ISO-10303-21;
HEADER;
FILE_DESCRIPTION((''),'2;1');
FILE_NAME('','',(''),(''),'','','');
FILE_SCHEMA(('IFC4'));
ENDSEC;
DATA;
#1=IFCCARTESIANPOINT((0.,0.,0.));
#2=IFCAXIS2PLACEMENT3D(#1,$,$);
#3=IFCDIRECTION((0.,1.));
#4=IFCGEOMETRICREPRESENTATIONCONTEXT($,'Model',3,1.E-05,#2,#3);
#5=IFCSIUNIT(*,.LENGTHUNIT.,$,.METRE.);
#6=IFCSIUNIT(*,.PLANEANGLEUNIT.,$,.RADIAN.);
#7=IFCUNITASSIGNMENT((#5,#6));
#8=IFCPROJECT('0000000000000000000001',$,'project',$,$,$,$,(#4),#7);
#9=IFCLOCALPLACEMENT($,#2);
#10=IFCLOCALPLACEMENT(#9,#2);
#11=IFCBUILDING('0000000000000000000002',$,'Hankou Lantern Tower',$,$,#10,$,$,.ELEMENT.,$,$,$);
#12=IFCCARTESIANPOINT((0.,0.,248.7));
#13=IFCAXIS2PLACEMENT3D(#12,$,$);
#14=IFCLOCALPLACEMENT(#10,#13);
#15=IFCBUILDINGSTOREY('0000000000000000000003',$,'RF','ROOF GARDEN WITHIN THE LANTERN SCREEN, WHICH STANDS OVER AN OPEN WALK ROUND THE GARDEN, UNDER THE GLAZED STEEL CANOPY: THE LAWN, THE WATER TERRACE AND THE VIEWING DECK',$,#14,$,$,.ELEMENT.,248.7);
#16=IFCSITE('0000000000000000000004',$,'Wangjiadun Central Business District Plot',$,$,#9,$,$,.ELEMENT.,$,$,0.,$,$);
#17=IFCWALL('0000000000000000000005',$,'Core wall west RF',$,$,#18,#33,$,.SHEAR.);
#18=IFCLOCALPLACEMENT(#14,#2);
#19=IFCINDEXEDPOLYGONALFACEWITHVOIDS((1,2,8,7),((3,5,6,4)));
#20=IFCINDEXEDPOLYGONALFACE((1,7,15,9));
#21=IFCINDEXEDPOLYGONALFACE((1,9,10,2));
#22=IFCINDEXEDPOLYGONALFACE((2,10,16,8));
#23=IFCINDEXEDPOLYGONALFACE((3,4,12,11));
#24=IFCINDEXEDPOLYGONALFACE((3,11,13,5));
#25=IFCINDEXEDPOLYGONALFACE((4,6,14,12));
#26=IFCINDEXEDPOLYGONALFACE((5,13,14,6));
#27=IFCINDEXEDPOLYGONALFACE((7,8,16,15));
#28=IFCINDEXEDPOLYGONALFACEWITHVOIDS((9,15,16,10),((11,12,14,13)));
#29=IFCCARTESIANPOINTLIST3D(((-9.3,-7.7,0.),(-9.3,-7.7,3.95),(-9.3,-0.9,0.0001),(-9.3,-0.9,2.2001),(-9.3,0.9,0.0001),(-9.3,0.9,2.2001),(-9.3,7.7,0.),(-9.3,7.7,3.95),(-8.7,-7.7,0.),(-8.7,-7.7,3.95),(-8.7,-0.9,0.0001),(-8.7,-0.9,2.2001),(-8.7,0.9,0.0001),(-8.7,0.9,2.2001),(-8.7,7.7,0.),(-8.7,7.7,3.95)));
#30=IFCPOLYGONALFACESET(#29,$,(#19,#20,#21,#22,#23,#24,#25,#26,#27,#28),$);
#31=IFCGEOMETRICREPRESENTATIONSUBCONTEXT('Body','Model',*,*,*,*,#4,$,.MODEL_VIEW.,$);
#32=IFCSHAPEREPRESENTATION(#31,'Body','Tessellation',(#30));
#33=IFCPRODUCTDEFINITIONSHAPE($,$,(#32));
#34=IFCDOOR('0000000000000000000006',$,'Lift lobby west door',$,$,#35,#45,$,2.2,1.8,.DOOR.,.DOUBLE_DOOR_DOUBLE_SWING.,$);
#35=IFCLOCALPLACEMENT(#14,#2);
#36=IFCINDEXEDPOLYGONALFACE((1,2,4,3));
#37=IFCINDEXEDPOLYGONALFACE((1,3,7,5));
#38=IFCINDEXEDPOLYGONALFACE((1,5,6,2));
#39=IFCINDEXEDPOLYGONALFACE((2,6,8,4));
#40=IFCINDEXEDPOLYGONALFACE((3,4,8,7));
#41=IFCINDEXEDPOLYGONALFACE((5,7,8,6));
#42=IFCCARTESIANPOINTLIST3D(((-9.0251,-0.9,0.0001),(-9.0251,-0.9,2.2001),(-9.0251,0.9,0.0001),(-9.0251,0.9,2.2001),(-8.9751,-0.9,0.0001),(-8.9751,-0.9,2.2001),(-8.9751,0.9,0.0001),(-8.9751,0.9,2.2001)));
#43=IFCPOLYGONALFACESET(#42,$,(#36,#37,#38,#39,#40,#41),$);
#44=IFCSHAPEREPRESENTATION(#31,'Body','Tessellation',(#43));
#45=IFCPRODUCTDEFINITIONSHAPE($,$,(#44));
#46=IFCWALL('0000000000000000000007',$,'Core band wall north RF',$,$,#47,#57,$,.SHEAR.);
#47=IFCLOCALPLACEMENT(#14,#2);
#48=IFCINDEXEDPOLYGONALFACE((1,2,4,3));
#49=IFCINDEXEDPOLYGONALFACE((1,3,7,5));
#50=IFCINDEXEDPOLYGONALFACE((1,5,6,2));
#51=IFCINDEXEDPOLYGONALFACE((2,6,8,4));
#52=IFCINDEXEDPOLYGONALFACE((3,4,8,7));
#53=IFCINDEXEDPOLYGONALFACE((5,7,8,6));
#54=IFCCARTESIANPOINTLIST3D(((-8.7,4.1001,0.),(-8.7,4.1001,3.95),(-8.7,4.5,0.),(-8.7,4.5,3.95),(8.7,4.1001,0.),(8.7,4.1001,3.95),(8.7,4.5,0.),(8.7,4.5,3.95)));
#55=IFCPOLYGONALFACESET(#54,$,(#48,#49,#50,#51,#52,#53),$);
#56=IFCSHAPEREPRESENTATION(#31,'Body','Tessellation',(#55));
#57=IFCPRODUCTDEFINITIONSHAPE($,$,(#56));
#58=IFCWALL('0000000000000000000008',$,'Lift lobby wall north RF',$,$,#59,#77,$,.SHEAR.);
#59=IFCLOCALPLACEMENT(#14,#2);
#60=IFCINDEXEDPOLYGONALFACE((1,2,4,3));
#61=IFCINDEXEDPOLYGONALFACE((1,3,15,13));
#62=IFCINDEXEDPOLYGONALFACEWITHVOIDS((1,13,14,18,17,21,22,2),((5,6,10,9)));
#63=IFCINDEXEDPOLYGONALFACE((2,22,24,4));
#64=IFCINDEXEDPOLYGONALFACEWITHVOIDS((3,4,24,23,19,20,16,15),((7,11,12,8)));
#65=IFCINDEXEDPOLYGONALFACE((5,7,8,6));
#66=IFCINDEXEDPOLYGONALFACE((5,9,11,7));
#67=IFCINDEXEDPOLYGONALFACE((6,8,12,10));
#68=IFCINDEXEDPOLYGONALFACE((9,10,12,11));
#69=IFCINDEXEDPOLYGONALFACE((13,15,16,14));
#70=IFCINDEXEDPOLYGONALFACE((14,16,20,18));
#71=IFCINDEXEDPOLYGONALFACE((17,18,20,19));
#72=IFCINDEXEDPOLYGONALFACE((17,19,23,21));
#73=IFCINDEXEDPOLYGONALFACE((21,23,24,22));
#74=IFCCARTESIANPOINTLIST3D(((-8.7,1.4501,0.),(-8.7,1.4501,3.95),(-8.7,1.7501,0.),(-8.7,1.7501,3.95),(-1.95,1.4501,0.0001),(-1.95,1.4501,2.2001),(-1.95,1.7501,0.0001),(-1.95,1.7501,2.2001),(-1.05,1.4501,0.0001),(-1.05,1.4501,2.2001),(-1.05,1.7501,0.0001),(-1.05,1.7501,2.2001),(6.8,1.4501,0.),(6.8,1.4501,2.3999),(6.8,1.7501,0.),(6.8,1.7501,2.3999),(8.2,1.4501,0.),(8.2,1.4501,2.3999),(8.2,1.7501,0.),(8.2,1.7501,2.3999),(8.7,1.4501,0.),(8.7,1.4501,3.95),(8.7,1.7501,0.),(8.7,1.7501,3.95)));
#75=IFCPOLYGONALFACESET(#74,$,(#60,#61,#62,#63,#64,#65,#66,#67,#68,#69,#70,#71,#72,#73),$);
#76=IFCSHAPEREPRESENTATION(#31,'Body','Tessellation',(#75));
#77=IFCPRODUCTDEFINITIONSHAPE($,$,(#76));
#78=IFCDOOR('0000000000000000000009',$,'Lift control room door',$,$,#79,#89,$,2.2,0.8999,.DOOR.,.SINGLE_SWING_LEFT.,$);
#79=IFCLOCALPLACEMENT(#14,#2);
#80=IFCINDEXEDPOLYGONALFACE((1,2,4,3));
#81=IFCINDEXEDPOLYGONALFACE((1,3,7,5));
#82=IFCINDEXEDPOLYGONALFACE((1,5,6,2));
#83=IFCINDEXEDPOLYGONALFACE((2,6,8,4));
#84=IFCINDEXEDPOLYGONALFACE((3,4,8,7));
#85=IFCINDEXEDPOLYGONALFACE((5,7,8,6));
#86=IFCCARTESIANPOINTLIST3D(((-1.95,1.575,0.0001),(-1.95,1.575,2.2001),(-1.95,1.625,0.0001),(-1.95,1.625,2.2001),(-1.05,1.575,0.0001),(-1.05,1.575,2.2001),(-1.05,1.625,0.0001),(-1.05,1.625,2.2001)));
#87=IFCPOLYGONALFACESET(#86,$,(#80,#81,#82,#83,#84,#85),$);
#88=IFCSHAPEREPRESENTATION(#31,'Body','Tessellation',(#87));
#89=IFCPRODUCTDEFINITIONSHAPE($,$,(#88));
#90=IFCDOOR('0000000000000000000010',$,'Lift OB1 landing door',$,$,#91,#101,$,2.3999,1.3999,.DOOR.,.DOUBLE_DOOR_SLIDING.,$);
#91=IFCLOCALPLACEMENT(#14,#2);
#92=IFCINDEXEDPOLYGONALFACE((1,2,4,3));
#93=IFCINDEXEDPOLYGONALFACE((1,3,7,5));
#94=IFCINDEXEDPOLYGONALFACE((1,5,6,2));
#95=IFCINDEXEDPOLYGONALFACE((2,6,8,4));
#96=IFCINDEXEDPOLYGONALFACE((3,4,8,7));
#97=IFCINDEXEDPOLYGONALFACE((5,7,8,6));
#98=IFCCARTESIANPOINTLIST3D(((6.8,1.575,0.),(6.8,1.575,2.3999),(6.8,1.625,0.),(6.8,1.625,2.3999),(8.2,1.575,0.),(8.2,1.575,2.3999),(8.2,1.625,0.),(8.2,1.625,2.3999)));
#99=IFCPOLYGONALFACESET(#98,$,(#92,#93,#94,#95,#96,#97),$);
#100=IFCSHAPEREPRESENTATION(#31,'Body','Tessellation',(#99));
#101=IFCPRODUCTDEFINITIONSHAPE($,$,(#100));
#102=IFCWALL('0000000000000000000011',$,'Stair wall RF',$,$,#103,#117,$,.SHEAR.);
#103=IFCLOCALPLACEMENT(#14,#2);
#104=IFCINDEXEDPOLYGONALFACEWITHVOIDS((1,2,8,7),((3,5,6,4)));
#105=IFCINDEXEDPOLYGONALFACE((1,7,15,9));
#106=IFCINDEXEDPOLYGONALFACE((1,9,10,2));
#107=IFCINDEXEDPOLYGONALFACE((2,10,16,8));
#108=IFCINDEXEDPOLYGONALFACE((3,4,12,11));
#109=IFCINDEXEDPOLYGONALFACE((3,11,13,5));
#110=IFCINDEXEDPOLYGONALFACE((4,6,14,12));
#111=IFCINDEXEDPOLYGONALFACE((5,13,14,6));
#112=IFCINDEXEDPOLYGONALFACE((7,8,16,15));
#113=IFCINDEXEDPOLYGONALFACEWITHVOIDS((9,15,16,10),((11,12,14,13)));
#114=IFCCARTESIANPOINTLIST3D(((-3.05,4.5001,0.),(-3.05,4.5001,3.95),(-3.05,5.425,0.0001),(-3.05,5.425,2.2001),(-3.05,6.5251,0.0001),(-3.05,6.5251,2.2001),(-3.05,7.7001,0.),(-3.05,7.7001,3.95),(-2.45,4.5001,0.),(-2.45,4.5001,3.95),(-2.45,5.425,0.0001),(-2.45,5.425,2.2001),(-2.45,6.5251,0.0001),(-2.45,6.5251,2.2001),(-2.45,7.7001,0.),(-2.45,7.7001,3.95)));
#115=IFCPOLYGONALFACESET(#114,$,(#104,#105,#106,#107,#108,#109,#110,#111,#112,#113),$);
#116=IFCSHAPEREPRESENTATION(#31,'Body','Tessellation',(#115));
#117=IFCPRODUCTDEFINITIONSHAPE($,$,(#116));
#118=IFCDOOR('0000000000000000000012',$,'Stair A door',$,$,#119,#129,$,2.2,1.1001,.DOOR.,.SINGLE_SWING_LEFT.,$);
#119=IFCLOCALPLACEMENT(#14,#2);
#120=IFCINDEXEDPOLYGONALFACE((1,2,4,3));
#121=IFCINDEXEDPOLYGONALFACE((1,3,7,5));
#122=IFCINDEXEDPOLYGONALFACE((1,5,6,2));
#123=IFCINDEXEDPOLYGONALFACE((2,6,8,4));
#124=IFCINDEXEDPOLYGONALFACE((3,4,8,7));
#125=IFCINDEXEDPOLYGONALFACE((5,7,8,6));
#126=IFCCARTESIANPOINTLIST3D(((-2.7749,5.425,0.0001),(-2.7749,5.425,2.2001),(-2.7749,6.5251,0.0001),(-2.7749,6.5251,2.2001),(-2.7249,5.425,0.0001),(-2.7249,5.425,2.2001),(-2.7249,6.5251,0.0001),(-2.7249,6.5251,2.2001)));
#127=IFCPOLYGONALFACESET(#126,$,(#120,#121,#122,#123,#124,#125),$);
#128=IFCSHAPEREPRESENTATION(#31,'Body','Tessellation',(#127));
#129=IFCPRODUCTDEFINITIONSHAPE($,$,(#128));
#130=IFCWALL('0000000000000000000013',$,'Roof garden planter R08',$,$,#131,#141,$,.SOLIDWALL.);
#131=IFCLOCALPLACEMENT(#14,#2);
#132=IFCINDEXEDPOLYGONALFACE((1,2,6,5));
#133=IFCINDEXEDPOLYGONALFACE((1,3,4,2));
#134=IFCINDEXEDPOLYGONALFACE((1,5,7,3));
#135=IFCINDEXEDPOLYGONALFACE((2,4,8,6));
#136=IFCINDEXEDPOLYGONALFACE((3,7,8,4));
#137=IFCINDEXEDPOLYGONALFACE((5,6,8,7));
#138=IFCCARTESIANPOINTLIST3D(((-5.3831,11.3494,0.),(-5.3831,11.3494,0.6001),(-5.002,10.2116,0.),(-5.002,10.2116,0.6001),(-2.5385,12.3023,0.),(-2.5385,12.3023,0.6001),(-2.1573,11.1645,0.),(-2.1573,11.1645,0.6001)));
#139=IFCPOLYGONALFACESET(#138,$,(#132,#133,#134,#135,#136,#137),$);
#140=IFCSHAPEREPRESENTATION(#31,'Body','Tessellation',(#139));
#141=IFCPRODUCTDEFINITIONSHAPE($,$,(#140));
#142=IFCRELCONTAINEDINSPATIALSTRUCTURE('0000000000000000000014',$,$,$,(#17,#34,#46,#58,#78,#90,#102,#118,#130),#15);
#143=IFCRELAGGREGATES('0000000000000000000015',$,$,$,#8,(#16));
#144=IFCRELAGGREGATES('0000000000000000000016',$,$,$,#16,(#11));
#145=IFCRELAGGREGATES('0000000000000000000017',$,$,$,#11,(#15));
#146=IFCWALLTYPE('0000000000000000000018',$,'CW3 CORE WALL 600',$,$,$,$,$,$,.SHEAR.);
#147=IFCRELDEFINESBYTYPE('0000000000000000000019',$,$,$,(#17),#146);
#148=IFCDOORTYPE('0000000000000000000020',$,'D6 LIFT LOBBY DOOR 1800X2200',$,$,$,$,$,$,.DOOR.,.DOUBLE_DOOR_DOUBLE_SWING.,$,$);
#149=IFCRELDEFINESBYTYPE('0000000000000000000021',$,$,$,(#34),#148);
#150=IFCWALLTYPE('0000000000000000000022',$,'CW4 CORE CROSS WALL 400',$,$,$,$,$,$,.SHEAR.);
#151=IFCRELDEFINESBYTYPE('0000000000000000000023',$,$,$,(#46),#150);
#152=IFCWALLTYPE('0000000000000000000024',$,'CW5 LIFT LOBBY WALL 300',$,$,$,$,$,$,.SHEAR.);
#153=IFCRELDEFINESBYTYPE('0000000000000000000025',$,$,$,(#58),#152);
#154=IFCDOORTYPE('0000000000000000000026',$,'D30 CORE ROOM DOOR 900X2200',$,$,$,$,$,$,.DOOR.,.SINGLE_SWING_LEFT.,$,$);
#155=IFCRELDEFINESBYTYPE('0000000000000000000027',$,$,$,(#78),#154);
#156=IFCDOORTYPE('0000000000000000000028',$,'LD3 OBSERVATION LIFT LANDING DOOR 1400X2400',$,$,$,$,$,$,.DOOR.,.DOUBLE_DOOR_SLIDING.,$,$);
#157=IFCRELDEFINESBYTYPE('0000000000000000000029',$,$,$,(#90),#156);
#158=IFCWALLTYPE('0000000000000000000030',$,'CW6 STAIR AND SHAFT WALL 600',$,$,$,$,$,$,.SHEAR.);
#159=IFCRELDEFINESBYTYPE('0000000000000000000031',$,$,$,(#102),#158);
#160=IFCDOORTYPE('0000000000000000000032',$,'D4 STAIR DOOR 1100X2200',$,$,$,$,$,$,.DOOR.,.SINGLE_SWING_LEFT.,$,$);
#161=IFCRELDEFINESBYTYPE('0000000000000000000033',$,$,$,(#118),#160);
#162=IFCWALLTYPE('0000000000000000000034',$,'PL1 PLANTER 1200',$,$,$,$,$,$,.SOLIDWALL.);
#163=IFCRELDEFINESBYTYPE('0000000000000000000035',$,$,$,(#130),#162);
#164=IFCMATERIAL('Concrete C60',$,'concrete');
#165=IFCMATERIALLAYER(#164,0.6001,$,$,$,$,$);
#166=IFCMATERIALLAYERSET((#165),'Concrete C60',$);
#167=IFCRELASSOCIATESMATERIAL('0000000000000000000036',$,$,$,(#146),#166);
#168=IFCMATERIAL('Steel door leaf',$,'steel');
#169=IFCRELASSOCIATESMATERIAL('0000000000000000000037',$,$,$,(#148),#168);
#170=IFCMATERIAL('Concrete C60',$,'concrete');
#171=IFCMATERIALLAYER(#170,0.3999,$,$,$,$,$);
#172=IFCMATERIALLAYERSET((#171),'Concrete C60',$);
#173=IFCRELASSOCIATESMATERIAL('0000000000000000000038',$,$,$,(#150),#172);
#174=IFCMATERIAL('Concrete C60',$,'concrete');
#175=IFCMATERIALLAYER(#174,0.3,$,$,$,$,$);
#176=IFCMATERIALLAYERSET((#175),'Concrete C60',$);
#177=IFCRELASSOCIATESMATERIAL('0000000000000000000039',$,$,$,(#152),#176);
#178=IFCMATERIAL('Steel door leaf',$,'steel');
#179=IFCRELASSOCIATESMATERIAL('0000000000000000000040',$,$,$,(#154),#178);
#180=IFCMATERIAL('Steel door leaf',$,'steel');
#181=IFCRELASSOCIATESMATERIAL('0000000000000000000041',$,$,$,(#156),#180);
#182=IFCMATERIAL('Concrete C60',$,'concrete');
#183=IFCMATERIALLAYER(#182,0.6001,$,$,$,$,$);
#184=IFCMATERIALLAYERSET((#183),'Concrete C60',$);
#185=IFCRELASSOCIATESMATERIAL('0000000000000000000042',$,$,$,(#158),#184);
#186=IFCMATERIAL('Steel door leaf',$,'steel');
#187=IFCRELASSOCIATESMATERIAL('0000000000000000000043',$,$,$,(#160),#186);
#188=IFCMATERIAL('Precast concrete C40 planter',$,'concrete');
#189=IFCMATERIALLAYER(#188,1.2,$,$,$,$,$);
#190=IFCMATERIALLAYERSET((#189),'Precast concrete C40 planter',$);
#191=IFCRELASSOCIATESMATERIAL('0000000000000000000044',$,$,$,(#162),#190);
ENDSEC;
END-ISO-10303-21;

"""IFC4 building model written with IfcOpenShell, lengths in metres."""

from ifc_helpers import new_model, si_unit, direction, frame, frame_2d, origin, place, context, subcontext, project, spatial, rectangle, extrude, material, layer, layer_set, type_object, element, fill, save


model = new_model("IFC4")

# Units and contexts
model_context = context("Model", 3, precision=1e-05, world=origin(), true_north=direction((0.0, 1.0)))
body_context = subcontext(model_context, "Body", "Model", "MODEL_VIEW")
ifc_project = project(units=[si_unit("LENGTHUNIT", "METRE"), si_unit("PLANEANGLEUNIT", "RADIAN")], contexts=[model_context])

# Site, building, storey
site_placement = place(None, origin())
site = spatial("IfcSite", under=ifc_project, at=site_placement, Name="Wangjiadun Central Business District Plot", CompositionType="ELEMENT", RefElevation=0.0)
building_placement = place(site_placement, origin())
building = spatial("IfcBuilding", under=site, at=building_placement, Name="Hankou Lantern Tower", CompositionType="ELEMENT")
storey_placement = place(building_placement, frame((0.0, 0.0, 248.7)))
storey = spatial("IfcBuildingStorey", under=building, at=storey_placement, Name="RF", Description="ROOF GARDEN WITHIN THE LANTERN SCREEN, WHICH STANDS OVER AN OPEN WALK ROUND THE GARDEN, UNDER THE GLAZED STEEL CANOPY: THE LAWN, THE WATER TERRACE AND THE VIEWING DECK", CompositionType="ELEMENT", Elevation=248.7)

# Wall, opening, door
ifc_material_1 = material(Name="Concrete C60", Category="concrete")
ifc_layer_1 = layer(ifc_material_1, 0.6001)
ifc_layer_set_1 = layer_set([ifc_layer_1], Name="Concrete C60")
wall_type_1 = type_object("IfcWallType", Name="CW3 CORE WALL 600", PredefinedType="SHEAR", material=ifc_layer_set_1)
wall_1_placement = place(storey_placement, frame((-9.0, 7.7, 0.0), z_axis=(0.0, 0.0, 1.0), x_axis=(0.0, -1.0, 0.0)))
wall_1 = element("IfcWall", 1, at=wall_1_placement, inside=storey, type_object=wall_type_1, Name="Core wall west RF", PredefinedType="SHEAR", context=body_context, shape_type="SweptSolid", body=[
    extrude(rectangle(XDim=15.3999, YDim=0.6001, at=frame_2d((7.7, 0.0))), origin(), (0.0, 0.0, 1.0), 3.95),
])
opening_1_placement = place(wall_1_placement, frame((6.8, 0.0, 0.0)))
opening_1 = element("IfcOpeningElement", 2, at=opening_1_placement, cuts=wall_1, PredefinedType="OPENING", context=body_context, shape_type="SweptSolid", body=[
    extrude(rectangle(XDim=1.8, YDim=2.2, at=frame_2d((0.8999, 1.1001))), frame((0.0, 0.3101, 0.0), z_axis=(0.0, -1.0, 0.0), x_axis=(1.0, 0.0, 0.0)), (0.0, 0.0, 1.0), 0.6201),
])
ifc_material_2 = material(Name="Steel door leaf", Category="steel")
door_type_1 = type_object("IfcDoorType", Name="D6 LIFT LOBBY DOOR 1800X2200", OperationType="DOUBLE_DOOR_DOUBLE_SWING", PredefinedType="DOOR", material=ifc_material_2)
door_1_placement = place(opening_1_placement, origin())
door_1 = element("IfcDoor", 3, at=door_1_placement, inside=storey, type_object=door_type_1, Name="Lift lobby west door", OperationType="DOUBLE_DOOR_DOUBLE_SWING", OverallHeight=2.2, OverallWidth=1.8, PredefinedType="DOOR", context=body_context, shape_type="SweptSolid", body=[
    extrude(rectangle(XDim=1.8, YDim=2.2, at=frame_2d((0.8999, 1.1001))), frame((0.0, 0.0249, 0.0), z_axis=(0.0, -1.0, 0.0), x_axis=(1.0, 0.0, 0.0)), (0.0, 0.0, 1.0), 0.05),
])
fill(opening_1, door_1)

# Wall
ifc_material_3 = material(Name="Concrete C60", Category="concrete")
ifc_layer_2 = layer(ifc_material_3, 0.3999)
ifc_layer_set_2 = layer_set([ifc_layer_2], Name="Concrete C60")
wall_type_2 = type_object("IfcWallType", Name="CW4 CORE CROSS WALL 400", PredefinedType="SHEAR", material=ifc_layer_set_2)
wall_2_placement = place(storey_placement, frame((-8.7, 4.3, 0.0), z_axis=(0.0, 0.0, 1.0), x_axis=(1.0, 0.0, 0.0)))
element("IfcWall", 4, at=wall_2_placement, inside=storey, type_object=wall_type_2, Name="Core band wall north RF", PredefinedType="SHEAR", context=body_context, shape_type="SweptSolid", body=[
    extrude(rectangle(XDim=17.3999, YDim=0.3999, at=frame_2d((8.7, 0.0))), origin(), (0.0, 0.0, 1.0), 3.95),
])

# Wall, openings, doors
ifc_material_4 = material(Name="Concrete C60", Category="concrete")
ifc_layer_3 = layer(ifc_material_4, 0.3)
ifc_layer_set_3 = layer_set([ifc_layer_3], Name="Concrete C60")
wall_type_3 = type_object("IfcWallType", Name="CW5 LIFT LOBBY WALL 300", PredefinedType="SHEAR", material=ifc_layer_set_3)
wall_3_placement = place(storey_placement, frame((-8.7, 1.6001, 0.0), z_axis=(0.0, 0.0, 1.0), x_axis=(1.0, 0.0, 0.0)))
wall_3 = element("IfcWall", 5, at=wall_3_placement, inside=storey, type_object=wall_type_3, Name="Lift lobby wall north RF", PredefinedType="SHEAR", context=body_context, shape_type="SweptSolid", body=[
    extrude(rectangle(XDim=17.3999, YDim=0.3, at=frame_2d((8.7, 0.0))), origin(), (0.0, 0.0, 1.0), 3.95),
])
opening_2_placement = place(wall_3_placement, frame((15.5, 0.0, 0.0)))
opening_2 = element("IfcOpeningElement", 6, at=opening_2_placement, cuts=wall_3, PredefinedType="OPENING", context=body_context, shape_type="SweptSolid", body=[
    extrude(rectangle(XDim=1.3999, YDim=2.3999, at=frame_2d((0.7, 1.2))), frame((0.0, 0.1599, 0.0), z_axis=(0.0, -1.0, 0.0), x_axis=(1.0, 0.0, 0.0)), (0.0, 0.0, 1.0), 0.3201),
])
opening_3_placement = place(wall_3_placement, frame((6.75, 0.0, 0.0)))
opening_3 = element("IfcOpeningElement", 7, at=opening_3_placement, cuts=wall_3, PredefinedType="OPENING", context=body_context, shape_type="SweptSolid", body=[
    extrude(rectangle(XDim=0.8999, YDim=2.2, at=frame_2d((0.45, 1.1001))), frame((0.0, 0.1599, 0.0), z_axis=(0.0, -1.0, 0.0), x_axis=(1.0, 0.0, 0.0)), (0.0, 0.0, 1.0), 0.3201),
])
ifc_material_5 = material(Name="Steel door leaf", Category="steel")
door_type_2 = type_object("IfcDoorType", Name="D30 CORE ROOM DOOR 900X2200", OperationType="SINGLE_SWING_LEFT", PredefinedType="DOOR", material=ifc_material_5)
door_2_placement = place(opening_3_placement, origin())
door_2 = element("IfcDoor", 8, at=door_2_placement, inside=storey, type_object=door_type_2, Name="Lift control room door", OperationType="SINGLE_SWING_LEFT", OverallHeight=2.2, OverallWidth=0.8999, PredefinedType="DOOR", context=body_context, shape_type="SweptSolid", body=[
    extrude(rectangle(XDim=0.8999, YDim=2.2, at=frame_2d((0.45, 1.1001))), frame((0.0, 0.0249, 0.0), z_axis=(0.0, -1.0, 0.0), x_axis=(1.0, 0.0, 0.0)), (0.0, 0.0, 1.0), 0.05),
])
fill(opening_3, door_2)
ifc_material_6 = material(Name="Steel door leaf", Category="steel")
door_type_3 = type_object("IfcDoorType", Name="LD3 OBSERVATION LIFT LANDING DOOR 1400X2400", OperationType="DOUBLE_DOOR_SLIDING", PredefinedType="DOOR", material=ifc_material_6)
door_3_placement = place(opening_2_placement, origin())
door_3 = element("IfcDoor", 9, at=door_3_placement, inside=storey, type_object=door_type_3, Name="Lift OB1 landing door", OperationType="DOUBLE_DOOR_SLIDING", OverallHeight=2.3999, OverallWidth=1.3999, PredefinedType="DOOR", context=body_context, shape_type="SweptSolid", body=[
    extrude(rectangle(XDim=1.3999, YDim=2.3999, at=frame_2d((0.7, 1.2))), frame((0.0, 0.0249, 0.0), z_axis=(0.0, -1.0, 0.0), x_axis=(1.0, 0.0, 0.0)), (0.0, 0.0, 1.0), 0.05),
])
fill(opening_2, door_3)

# Wall, opening, door
ifc_material_7 = material(Name="Concrete C60", Category="concrete")
ifc_layer_4 = layer(ifc_material_7, 0.6001)
ifc_layer_set_4 = layer_set([ifc_layer_4], Name="Concrete C60")
wall_type_4 = type_object("IfcWallType", Name="CW6 STAIR AND SHAFT WALL 600", PredefinedType="SHEAR", material=ifc_layer_set_4)
wall_4_placement = place(storey_placement, frame((-2.75, 4.5, 0.0), z_axis=(0.0, 0.0, 1.0), x_axis=(0.0, 1.0, 0.0)))
wall_4 = element("IfcWall", 10, at=wall_4_placement, inside=storey, type_object=wall_type_4, Name="Stair wall RF", PredefinedType="SHEAR", context=body_context, shape_type="SweptSolid", body=[
    extrude(rectangle(XDim=3.2, YDim=0.6001, at=frame_2d((1.6001, 0.0))), origin(), (0.0, 0.0, 1.0), 3.95),
])
opening_4_placement = place(wall_4_placement, frame((0.925, 0.0, 0.0)))
opening_4 = element("IfcOpeningElement", 11, at=opening_4_placement, cuts=wall_4, PredefinedType="OPENING", context=body_context, shape_type="SweptSolid", body=[
    extrude(rectangle(XDim=1.1001, YDim=2.2, at=frame_2d((0.55, 1.1001))), frame((0.0, 0.3101, 0.0), z_axis=(0.0, -1.0, 0.0), x_axis=(1.0, 0.0, 0.0)), (0.0, 0.0, 1.0), 0.6201),
])
ifc_material_8 = material(Name="Steel door leaf", Category="steel")
door_type_4 = type_object("IfcDoorType", Name="D4 STAIR DOOR 1100X2200", OperationType="SINGLE_SWING_LEFT", PredefinedType="DOOR", material=ifc_material_8)
door_4_placement = place(opening_4_placement, origin())
door_4 = element("IfcDoor", 12, at=door_4_placement, inside=storey, type_object=door_type_4, Name="Stair A door", OperationType="SINGLE_SWING_LEFT", OverallHeight=2.2, OverallWidth=1.1001, PredefinedType="DOOR", context=body_context, shape_type="SweptSolid", body=[
    extrude(rectangle(XDim=1.1001, YDim=2.2, at=frame_2d((0.55, 1.1001))), frame((0.0, 0.0249, 0.0), z_axis=(0.0, -1.0, 0.0), x_axis=(1.0, 0.0, 0.0)), (0.0, 0.0, 1.0), 0.05),
])
fill(opening_4, door_4)

# Wall
ifc_material_9 = material(Name="Precast concrete C40 planter", Category="concrete")
ifc_layer_5 = layer(ifc_material_9, 1.2)
ifc_layer_set_5 = layer_set([ifc_layer_5], Name="Precast concrete C40 planter")
wall_type_5 = type_object("IfcWallType", Name="PL1 PLANTER 1200", PredefinedType="SOLIDWALL", material=ifc_layer_set_5)
wall_5_placement = place(storey_placement, frame((-2.3479, 11.7334, 0.0), z_axis=(0.0, 0.0, 1.0), x_axis=(-0.948218, -0.317619, 0.0)))
element("IfcWall", 13, at=wall_5_placement, inside=storey, type_object=wall_type_5, Name="Roof garden planter R08", PredefinedType="SOLIDWALL", context=body_context, shape_type="SweptSolid", body=[
    extrude(rectangle(XDim=3.0, YDim=1.2, at=frame_2d((1.5, 0.0))), origin(), (0.0, 0.0, 1.0), 0.6001),
])

save(model, "model.ifc")
